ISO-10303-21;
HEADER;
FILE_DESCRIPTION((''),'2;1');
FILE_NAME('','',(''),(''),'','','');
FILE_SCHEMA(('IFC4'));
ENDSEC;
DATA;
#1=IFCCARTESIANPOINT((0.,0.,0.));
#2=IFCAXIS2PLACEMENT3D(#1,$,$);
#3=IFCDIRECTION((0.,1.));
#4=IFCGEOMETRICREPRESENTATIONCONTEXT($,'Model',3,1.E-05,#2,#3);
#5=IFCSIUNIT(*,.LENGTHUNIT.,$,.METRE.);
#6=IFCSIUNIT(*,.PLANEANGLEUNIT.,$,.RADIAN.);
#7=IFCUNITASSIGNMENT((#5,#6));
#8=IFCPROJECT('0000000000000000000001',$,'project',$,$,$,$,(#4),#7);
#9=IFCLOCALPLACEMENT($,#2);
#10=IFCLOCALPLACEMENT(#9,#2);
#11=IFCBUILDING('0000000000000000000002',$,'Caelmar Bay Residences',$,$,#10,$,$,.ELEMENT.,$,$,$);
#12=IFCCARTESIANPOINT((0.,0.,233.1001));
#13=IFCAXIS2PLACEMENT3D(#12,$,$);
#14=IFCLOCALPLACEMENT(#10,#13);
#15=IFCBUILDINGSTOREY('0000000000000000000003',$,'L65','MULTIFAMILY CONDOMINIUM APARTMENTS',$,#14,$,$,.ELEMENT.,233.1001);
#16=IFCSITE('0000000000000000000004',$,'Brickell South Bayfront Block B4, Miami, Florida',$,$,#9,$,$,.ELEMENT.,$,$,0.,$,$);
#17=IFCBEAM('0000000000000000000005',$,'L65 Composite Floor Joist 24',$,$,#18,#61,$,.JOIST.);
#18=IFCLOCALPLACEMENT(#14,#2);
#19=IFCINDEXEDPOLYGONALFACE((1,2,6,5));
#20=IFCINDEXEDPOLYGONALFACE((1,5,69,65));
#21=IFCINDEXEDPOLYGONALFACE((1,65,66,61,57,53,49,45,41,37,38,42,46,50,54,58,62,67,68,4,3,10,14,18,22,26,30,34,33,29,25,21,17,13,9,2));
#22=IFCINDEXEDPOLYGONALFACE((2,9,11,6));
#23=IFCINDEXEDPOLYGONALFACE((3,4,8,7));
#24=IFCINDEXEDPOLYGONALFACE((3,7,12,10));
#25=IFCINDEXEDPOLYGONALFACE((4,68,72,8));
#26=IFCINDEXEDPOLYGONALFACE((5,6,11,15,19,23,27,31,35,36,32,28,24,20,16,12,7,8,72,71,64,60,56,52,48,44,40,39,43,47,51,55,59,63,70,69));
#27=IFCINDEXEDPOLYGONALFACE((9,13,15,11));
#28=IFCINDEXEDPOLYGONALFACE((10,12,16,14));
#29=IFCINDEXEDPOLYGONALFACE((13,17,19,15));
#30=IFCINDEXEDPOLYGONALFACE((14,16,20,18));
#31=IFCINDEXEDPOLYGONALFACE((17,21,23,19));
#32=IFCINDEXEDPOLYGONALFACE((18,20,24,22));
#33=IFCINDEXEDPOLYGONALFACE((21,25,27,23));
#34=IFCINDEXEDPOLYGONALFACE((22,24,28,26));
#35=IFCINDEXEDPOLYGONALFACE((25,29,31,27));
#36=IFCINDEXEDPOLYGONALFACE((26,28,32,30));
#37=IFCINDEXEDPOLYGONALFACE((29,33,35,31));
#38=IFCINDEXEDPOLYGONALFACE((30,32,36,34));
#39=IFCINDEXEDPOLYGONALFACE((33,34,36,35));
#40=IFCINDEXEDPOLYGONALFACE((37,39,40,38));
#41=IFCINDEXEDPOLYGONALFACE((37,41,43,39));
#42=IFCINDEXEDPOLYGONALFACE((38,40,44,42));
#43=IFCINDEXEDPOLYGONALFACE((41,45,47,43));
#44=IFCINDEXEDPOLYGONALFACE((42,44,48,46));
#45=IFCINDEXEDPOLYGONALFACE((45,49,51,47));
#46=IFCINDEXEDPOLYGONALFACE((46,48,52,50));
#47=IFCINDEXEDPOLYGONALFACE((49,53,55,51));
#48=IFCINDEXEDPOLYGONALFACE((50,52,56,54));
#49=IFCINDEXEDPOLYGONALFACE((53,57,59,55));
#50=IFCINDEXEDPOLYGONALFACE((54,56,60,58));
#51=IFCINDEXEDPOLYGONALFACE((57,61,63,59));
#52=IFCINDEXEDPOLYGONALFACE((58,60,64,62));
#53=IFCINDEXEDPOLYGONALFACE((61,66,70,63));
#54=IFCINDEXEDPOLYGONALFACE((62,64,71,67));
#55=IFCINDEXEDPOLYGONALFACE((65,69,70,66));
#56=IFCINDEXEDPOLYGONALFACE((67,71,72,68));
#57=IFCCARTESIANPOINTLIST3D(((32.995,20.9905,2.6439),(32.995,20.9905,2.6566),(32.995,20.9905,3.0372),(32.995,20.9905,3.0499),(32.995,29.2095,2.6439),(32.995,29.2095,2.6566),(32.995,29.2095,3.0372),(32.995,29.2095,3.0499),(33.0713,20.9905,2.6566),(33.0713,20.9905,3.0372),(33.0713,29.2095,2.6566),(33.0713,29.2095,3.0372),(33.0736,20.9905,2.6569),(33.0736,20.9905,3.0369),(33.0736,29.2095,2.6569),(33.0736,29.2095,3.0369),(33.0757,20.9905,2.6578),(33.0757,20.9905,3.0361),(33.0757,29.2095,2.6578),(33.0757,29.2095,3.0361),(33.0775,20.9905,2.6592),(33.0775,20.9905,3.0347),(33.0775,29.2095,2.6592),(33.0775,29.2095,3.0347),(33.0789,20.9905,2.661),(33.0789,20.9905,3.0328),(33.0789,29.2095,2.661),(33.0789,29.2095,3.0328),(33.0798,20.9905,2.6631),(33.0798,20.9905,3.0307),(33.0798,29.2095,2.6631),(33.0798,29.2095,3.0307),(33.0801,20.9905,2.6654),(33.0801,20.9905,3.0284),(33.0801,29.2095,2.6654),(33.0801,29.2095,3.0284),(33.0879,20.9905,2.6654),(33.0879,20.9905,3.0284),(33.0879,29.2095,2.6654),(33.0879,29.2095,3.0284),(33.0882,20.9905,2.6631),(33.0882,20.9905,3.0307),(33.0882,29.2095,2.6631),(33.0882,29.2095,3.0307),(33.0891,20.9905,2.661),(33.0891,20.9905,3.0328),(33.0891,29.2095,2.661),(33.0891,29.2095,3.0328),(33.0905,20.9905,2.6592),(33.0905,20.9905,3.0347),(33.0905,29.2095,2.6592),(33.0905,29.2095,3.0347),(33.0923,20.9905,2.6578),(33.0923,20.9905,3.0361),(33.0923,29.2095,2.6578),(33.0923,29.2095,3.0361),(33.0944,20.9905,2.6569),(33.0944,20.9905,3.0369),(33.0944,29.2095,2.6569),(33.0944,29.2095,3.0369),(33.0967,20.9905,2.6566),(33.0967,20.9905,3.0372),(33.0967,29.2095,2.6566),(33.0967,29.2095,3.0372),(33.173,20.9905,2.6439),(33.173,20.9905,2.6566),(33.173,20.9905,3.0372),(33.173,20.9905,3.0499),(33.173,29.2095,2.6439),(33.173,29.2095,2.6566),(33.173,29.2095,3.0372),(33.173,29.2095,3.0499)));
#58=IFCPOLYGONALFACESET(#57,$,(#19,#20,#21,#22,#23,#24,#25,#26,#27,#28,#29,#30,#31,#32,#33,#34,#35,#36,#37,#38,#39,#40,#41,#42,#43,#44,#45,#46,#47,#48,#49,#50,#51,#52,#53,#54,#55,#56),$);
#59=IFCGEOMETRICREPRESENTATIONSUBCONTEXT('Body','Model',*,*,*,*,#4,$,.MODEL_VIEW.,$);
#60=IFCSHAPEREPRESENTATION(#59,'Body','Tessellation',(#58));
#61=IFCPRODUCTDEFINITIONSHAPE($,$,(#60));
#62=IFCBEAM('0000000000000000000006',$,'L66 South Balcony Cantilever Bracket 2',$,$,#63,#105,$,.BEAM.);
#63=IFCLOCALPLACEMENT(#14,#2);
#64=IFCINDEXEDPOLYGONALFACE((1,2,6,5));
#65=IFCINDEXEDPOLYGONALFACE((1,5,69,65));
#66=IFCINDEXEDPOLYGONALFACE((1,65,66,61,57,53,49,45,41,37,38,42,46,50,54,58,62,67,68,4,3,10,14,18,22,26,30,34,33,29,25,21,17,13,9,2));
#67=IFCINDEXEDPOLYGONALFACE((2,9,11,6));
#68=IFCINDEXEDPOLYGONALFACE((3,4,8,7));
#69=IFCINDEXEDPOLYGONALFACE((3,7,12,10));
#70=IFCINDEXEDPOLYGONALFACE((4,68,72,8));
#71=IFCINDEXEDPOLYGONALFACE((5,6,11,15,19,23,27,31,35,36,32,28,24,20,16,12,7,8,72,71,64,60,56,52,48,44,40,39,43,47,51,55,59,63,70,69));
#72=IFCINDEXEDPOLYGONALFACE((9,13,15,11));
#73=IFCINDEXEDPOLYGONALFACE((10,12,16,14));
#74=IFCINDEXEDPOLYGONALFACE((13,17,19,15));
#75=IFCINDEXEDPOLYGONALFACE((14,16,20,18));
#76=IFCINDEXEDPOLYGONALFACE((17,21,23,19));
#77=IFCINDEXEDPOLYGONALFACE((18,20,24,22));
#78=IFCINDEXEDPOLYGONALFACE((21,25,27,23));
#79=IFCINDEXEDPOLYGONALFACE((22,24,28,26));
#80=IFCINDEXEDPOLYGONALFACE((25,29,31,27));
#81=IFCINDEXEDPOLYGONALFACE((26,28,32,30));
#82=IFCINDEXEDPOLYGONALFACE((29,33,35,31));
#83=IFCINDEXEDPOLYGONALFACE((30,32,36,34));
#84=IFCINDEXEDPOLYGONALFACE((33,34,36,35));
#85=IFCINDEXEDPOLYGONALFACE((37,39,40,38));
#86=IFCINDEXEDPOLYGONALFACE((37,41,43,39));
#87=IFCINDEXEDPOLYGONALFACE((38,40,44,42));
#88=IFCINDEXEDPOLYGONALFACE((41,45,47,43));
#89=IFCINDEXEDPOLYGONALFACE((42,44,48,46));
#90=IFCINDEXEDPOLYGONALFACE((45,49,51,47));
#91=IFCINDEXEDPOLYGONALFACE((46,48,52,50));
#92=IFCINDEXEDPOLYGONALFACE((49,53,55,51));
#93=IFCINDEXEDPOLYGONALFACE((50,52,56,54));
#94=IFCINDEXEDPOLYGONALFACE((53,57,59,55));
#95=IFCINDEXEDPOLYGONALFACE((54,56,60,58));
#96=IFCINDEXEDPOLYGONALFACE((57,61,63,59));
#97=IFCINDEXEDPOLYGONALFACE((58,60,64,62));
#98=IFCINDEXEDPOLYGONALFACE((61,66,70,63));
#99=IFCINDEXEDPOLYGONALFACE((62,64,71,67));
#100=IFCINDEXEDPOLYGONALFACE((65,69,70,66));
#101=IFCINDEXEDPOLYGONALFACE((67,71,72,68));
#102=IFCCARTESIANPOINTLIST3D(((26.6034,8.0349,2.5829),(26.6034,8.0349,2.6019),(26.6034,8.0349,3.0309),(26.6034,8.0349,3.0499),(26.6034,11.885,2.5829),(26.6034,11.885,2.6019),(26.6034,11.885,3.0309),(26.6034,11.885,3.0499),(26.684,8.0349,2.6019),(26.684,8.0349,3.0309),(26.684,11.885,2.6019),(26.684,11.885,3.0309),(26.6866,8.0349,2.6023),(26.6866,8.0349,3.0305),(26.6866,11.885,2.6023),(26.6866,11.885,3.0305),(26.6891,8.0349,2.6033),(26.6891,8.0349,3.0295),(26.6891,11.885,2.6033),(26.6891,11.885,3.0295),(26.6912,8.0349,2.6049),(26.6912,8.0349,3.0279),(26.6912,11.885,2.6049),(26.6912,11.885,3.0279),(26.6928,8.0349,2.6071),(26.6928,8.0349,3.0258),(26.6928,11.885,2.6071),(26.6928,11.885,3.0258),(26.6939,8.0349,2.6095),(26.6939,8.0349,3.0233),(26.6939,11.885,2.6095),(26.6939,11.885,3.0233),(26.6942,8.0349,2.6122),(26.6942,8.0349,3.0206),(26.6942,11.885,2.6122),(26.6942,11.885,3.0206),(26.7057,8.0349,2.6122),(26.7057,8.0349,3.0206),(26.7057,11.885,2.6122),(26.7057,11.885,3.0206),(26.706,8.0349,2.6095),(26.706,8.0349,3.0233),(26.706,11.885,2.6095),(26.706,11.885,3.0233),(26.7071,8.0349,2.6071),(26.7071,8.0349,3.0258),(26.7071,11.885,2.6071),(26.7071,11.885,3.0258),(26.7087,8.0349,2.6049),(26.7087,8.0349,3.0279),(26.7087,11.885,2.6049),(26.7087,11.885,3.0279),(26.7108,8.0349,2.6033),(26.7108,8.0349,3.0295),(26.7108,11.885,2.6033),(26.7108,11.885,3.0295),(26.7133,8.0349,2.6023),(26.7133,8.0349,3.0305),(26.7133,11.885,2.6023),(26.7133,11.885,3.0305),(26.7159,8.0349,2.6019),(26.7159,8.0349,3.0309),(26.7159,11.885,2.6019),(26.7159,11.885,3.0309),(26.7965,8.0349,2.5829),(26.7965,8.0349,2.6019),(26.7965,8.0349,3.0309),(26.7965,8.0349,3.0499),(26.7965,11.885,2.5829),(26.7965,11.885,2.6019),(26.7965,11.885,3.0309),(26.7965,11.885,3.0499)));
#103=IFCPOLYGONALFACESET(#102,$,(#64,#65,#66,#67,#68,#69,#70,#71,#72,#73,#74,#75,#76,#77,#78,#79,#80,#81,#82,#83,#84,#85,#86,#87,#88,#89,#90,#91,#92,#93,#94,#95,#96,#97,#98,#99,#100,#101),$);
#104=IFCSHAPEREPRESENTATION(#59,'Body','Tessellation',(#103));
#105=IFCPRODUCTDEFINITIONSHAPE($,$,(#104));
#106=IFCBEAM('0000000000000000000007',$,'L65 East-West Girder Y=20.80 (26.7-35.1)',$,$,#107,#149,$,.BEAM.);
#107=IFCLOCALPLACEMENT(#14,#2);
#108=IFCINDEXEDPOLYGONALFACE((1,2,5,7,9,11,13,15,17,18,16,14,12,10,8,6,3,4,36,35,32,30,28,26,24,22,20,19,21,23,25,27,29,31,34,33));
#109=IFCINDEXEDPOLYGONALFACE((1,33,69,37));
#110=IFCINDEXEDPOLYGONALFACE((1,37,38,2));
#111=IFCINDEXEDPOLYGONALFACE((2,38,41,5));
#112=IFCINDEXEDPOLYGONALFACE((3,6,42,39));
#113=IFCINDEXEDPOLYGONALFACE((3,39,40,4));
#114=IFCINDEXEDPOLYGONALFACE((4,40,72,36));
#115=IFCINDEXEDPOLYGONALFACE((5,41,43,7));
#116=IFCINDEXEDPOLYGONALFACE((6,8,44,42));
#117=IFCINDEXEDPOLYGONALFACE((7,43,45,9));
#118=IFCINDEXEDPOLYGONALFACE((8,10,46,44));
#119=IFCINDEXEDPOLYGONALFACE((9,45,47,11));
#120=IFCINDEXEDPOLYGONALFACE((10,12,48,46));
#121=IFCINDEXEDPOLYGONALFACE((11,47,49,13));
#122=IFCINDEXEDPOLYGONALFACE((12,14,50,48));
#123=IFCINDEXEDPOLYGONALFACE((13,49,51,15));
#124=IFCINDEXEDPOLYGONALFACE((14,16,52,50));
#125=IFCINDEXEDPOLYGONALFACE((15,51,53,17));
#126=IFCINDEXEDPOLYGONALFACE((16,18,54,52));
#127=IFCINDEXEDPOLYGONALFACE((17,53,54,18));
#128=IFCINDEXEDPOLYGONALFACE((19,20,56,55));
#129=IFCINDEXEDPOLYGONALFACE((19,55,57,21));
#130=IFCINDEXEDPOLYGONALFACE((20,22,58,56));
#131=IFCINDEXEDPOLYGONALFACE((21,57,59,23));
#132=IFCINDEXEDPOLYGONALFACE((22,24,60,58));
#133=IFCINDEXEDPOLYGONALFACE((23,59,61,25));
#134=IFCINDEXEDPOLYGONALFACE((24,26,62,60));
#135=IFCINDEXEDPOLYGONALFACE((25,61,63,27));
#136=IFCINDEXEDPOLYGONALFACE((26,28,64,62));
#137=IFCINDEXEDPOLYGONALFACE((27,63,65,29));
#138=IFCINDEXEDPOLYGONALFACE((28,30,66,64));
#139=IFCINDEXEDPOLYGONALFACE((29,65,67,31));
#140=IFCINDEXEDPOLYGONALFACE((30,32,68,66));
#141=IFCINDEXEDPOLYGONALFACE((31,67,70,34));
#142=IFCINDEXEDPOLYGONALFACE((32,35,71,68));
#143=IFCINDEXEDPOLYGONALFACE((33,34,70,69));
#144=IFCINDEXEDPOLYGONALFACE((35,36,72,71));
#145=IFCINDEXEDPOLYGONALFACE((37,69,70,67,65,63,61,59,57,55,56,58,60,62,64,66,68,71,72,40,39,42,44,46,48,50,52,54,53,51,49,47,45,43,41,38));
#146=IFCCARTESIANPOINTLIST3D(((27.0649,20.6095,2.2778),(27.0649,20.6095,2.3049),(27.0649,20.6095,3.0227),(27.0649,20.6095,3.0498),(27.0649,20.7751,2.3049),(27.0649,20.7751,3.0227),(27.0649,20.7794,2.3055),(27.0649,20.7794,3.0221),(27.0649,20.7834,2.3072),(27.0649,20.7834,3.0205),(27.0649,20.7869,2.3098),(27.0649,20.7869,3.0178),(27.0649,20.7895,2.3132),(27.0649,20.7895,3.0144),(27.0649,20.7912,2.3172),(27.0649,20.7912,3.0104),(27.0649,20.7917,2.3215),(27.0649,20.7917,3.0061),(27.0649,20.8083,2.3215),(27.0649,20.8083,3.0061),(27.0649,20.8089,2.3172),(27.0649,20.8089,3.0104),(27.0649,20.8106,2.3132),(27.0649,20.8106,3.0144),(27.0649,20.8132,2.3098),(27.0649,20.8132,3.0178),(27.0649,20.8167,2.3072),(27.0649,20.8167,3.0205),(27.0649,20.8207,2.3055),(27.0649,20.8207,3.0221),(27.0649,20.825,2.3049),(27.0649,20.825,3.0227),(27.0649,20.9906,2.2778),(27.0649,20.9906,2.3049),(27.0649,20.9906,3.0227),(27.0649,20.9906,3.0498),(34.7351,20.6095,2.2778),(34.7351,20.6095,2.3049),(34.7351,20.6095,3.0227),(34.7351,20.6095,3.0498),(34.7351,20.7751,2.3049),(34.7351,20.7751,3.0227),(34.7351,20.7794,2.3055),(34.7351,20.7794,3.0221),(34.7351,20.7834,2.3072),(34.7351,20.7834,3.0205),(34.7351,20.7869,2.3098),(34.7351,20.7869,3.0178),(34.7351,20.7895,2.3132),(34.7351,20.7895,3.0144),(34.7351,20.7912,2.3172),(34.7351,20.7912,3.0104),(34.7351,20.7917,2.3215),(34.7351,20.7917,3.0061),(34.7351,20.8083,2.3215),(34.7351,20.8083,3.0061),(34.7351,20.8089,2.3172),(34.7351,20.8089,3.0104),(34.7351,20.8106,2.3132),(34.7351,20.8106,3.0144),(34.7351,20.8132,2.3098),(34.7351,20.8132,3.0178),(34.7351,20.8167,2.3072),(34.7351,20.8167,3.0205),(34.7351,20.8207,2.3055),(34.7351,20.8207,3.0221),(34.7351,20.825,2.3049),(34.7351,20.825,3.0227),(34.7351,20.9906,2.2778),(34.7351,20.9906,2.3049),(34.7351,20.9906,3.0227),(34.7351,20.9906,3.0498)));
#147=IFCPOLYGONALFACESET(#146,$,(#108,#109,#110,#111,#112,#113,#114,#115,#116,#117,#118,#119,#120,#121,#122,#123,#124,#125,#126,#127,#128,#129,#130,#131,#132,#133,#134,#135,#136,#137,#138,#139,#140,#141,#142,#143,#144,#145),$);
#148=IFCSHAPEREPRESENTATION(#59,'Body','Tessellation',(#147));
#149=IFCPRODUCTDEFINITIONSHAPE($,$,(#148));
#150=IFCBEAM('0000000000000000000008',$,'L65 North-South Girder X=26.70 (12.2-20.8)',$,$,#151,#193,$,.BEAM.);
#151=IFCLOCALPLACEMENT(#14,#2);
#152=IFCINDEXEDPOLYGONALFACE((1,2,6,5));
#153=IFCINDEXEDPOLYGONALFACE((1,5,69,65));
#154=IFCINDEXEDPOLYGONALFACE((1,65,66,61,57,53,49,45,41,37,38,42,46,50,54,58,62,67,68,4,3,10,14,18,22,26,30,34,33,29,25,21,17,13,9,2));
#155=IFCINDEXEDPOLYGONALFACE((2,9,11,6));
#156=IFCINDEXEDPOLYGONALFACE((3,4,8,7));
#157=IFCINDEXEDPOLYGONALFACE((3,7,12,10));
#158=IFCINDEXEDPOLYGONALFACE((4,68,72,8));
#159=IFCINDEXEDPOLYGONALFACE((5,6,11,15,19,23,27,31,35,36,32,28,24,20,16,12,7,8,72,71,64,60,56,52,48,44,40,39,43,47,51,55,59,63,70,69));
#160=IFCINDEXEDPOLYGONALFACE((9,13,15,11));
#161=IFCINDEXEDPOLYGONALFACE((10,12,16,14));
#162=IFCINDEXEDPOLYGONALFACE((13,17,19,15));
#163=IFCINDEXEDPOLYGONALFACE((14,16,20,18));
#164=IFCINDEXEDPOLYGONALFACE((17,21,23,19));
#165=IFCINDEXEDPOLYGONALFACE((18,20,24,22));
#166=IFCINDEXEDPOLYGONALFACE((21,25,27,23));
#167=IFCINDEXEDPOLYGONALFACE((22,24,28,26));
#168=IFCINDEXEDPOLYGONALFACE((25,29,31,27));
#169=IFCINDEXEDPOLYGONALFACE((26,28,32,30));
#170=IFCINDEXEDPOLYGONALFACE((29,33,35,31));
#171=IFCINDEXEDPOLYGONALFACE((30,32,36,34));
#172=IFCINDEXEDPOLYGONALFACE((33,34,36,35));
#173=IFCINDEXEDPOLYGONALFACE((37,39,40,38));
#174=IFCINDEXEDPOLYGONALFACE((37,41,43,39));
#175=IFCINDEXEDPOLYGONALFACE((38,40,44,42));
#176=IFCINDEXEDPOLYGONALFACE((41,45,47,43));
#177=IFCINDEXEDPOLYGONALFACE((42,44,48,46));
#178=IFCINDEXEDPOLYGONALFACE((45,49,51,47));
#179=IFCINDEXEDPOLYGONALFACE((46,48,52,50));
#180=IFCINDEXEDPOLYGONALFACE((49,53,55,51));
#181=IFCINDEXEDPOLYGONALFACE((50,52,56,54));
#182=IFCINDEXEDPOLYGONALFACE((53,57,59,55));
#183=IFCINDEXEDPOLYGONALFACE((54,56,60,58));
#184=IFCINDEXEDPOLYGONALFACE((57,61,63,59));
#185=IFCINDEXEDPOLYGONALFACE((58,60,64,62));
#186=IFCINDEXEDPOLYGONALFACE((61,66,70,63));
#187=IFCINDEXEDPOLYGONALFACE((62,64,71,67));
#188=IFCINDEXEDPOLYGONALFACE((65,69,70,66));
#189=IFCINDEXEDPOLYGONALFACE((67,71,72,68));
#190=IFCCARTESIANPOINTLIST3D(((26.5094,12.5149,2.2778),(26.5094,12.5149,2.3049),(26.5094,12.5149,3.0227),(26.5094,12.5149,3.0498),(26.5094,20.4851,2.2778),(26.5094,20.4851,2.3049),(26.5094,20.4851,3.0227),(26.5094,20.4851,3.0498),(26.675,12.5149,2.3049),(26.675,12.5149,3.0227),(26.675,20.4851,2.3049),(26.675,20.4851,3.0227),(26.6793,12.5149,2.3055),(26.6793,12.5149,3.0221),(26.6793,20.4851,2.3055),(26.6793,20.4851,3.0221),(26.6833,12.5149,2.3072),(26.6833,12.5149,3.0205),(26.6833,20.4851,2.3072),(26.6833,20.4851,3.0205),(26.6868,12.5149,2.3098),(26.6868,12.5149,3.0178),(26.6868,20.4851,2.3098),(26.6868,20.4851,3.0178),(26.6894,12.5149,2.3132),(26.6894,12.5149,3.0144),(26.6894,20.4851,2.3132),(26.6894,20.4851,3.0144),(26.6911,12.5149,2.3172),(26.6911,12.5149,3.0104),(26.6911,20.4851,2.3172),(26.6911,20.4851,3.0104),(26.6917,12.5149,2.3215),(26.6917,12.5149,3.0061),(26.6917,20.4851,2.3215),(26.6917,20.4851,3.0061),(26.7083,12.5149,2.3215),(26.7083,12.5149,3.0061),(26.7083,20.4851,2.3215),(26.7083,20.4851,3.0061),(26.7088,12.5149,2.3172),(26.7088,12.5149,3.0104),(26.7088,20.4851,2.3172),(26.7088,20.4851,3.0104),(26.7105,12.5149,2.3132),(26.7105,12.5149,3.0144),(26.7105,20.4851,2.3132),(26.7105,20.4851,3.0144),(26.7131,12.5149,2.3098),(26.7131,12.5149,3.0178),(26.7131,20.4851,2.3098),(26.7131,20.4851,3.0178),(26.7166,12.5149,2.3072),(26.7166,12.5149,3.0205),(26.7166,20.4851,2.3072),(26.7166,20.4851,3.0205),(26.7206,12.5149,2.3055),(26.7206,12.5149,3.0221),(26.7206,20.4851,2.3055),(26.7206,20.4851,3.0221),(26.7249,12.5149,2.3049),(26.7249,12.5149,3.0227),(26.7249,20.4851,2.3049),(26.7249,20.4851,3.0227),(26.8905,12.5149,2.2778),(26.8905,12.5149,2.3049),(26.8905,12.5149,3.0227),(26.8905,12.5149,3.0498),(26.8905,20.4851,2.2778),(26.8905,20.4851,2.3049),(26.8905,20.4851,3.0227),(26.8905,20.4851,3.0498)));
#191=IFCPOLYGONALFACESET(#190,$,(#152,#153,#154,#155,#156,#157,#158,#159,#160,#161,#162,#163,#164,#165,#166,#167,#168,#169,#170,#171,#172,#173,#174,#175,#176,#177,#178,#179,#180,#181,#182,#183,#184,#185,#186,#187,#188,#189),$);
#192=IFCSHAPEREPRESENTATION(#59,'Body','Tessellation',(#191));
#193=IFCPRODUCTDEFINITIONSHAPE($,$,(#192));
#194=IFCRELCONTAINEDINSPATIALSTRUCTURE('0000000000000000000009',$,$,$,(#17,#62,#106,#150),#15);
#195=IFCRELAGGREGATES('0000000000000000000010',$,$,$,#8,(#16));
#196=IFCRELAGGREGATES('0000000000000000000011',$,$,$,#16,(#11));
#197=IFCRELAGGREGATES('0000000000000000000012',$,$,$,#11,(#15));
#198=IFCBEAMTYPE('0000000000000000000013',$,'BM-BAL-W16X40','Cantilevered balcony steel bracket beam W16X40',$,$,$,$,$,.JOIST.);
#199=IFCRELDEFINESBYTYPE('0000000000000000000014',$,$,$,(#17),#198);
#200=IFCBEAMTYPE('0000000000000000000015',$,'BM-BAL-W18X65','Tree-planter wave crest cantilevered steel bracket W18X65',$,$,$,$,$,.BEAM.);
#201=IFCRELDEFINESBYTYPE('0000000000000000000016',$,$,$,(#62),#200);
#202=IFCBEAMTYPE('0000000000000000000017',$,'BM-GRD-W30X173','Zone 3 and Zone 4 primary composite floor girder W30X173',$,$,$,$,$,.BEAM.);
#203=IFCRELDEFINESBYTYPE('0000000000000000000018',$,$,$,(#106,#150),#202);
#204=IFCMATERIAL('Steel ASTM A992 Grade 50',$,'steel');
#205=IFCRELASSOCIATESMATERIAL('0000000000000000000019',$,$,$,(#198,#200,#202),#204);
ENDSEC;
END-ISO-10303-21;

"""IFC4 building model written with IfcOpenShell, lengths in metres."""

from ifc_helpers import new_model, si_unit, direction, frame, origin, origin_2d, place, context, subcontext, project, spatial, i_section, extrude, material, material_profile, profile_set, type_object, element, save


model = new_model("IFC4")

# Units and contexts
model_context = context("Model", 3, precision=1e-05, world=origin(), true_north=direction((0.0, 1.0)))
body_context = subcontext(model_context, "Body", "Model", "MODEL_VIEW")
ifc_project = project(units=[si_unit("LENGTHUNIT", "METRE"), si_unit("PLANEANGLEUNIT", "RADIAN")], contexts=[model_context])

# Site, building, storey
site_placement = place(None, origin())
site = spatial("IfcSite", under=ifc_project, at=site_placement, Name="Brickell South Bayfront Block B4, Miami, Florida", CompositionType="ELEMENT", RefElevation=0.0)
building_placement = place(site_placement, origin())
building = spatial("IfcBuilding", under=site, at=building_placement, Name="Caelmar Bay Residences", CompositionType="ELEMENT")
storey_placement = place(building_placement, frame((0.0, 0.0, 233.1001)))
storey = spatial("IfcBuildingStorey", under=building, at=storey_placement, Name="L65", Description="MULTIFAMILY CONDOMINIUM APARTMENTS", CompositionType="ELEMENT", Elevation=233.1001)

# Beams
ifc_material_1 = material(Name="Steel ASTM A992 Grade 50", Category="steel")
ifc_material_profile_1 = material_profile(ifc_material_1, i_section(OverallWidth=0.178, OverallDepth=0.406, WebThickness=0.0078, FlangeThickness=0.0127, FilletRadius=0.0088, at=origin_2d()), Name="W16X40")
ifc_profile_set_1 = profile_set([ifc_material_profile_1], Name="Steel ASTM A992 Grade 50")
beam_type_1 = type_object("IfcBeamType", Name="BM-BAL-W16X40", Description="Cantilevered balcony steel bracket beam W16X40", PredefinedType="JOIST", material=ifc_profile_set_1)
for number, where, z_axis, x_axis, name in (
    (1, (33.084, 20.9905, 2.8469), (0.0, 1.0, 0.0), (-1.0, 0.0, 0.0), "L65 Composite Floor Joist 24"),
):
    element("IfcBeam", number, at=place(storey_placement, frame(where, z_axis=z_axis, x_axis=x_axis)), inside=storey, type_object=beam_type_1, Name=name, PredefinedType="JOIST", context=body_context, shape_type="SweptSolid", body=[
        extrude(i_section(OverallWidth=0.178, OverallDepth=0.406, WebThickness=0.0078, FlangeThickness=0.0127, FilletRadius=0.0088, at=origin_2d()), origin(), (0.0, 0.0, 1.0), 8.219),
    ])
ifc_material_profile_2 = material_profile(ifc_material_1, i_section(OverallWidth=0.1931, OverallDepth=0.467, WebThickness=0.0115, FlangeThickness=0.019, FilletRadius=0.0103, at=origin_2d()), Name="W18X65")
ifc_profile_set_2 = profile_set([ifc_material_profile_2], Name="Steel ASTM A992 Grade 50")
beam_type_2 = type_object("IfcBeamType", Name="BM-BAL-W18X65", Description="Tree-planter wave crest cantilevered steel bracket W18X65", PredefinedType="BEAM", material=ifc_profile_set_2)
beam_1_placement = place(storey_placement, frame((26.7, 11.885, 2.8164), z_axis=(0.0, -1.0, 0.0), x_axis=(1.0, 0.0, 0.0)))
element("IfcBeam", 2, at=beam_1_placement, inside=storey, type_object=beam_type_2, Name="L66 South Balcony Cantilever Bracket 2", PredefinedType="BEAM", context=body_context, shape_type="SweptSolid", body=[
    extrude(i_section(OverallWidth=0.1931, OverallDepth=0.467, WebThickness=0.0115, FlangeThickness=0.019, FilletRadius=0.0103, at=origin_2d()), origin(), (0.0, 0.0, 1.0), 3.8501),
])
ifc_material_profile_3 = material_profile(ifc_material_1, i_section(OverallWidth=0.3811, OverallDepth=0.772, WebThickness=0.0166, FlangeThickness=0.0271, FilletRadius=0.0166, at=origin_2d()), Name="W30X173")
ifc_profile_set_3 = profile_set([ifc_material_profile_3], Name="Steel ASTM A992 Grade 50")
beam_type_3 = type_object("IfcBeamType", Name="BM-GRD-W30X173", Description="Zone 3 and Zone 4 primary composite floor girder W30X173", PredefinedType="BEAM", material=ifc_profile_set_3)
beam_2_placement = place(storey_placement, frame((27.0649, 20.8, 2.6638), z_axis=(1.0, 0.0, 0.0), x_axis=(0.0, 1.0, 0.0)))
element("IfcBeam", 3, at=beam_2_placement, inside=storey, type_object=beam_type_3, Name="L65 East-West Girder Y=20.80 (26.7-35.1)", PredefinedType="BEAM", context=body_context, shape_type="SweptSolid", body=[
    extrude(i_section(OverallWidth=0.3811, OverallDepth=0.772, WebThickness=0.0166, FlangeThickness=0.0271, FilletRadius=0.0166, at=origin_2d()), origin(), (0.0, 0.0, 1.0), 7.6702),
])
for number, where, z_axis, x_axis, name in (
    (4, (26.7, 12.5149, 2.6638), (0.0, 1.0, 0.0), (-1.0, 0.0, 0.0), "L65 North-South Girder X=26.70 (12.2-20.8)"),
):
    element("IfcBeam", number, at=place(storey_placement, frame(where, z_axis=z_axis, x_axis=x_axis)), inside=storey, type_object=beam_type_3, Name=name, PredefinedType="BEAM", context=body_context, shape_type="SweptSolid", body=[
        extrude(i_section(OverallWidth=0.3811, OverallDepth=0.772, WebThickness=0.0166, FlangeThickness=0.0271, FilletRadius=0.0166, at=origin_2d()), origin(), (0.0, 0.0, 1.0), 7.9702),
    ])

save(model, "model.ifc")
